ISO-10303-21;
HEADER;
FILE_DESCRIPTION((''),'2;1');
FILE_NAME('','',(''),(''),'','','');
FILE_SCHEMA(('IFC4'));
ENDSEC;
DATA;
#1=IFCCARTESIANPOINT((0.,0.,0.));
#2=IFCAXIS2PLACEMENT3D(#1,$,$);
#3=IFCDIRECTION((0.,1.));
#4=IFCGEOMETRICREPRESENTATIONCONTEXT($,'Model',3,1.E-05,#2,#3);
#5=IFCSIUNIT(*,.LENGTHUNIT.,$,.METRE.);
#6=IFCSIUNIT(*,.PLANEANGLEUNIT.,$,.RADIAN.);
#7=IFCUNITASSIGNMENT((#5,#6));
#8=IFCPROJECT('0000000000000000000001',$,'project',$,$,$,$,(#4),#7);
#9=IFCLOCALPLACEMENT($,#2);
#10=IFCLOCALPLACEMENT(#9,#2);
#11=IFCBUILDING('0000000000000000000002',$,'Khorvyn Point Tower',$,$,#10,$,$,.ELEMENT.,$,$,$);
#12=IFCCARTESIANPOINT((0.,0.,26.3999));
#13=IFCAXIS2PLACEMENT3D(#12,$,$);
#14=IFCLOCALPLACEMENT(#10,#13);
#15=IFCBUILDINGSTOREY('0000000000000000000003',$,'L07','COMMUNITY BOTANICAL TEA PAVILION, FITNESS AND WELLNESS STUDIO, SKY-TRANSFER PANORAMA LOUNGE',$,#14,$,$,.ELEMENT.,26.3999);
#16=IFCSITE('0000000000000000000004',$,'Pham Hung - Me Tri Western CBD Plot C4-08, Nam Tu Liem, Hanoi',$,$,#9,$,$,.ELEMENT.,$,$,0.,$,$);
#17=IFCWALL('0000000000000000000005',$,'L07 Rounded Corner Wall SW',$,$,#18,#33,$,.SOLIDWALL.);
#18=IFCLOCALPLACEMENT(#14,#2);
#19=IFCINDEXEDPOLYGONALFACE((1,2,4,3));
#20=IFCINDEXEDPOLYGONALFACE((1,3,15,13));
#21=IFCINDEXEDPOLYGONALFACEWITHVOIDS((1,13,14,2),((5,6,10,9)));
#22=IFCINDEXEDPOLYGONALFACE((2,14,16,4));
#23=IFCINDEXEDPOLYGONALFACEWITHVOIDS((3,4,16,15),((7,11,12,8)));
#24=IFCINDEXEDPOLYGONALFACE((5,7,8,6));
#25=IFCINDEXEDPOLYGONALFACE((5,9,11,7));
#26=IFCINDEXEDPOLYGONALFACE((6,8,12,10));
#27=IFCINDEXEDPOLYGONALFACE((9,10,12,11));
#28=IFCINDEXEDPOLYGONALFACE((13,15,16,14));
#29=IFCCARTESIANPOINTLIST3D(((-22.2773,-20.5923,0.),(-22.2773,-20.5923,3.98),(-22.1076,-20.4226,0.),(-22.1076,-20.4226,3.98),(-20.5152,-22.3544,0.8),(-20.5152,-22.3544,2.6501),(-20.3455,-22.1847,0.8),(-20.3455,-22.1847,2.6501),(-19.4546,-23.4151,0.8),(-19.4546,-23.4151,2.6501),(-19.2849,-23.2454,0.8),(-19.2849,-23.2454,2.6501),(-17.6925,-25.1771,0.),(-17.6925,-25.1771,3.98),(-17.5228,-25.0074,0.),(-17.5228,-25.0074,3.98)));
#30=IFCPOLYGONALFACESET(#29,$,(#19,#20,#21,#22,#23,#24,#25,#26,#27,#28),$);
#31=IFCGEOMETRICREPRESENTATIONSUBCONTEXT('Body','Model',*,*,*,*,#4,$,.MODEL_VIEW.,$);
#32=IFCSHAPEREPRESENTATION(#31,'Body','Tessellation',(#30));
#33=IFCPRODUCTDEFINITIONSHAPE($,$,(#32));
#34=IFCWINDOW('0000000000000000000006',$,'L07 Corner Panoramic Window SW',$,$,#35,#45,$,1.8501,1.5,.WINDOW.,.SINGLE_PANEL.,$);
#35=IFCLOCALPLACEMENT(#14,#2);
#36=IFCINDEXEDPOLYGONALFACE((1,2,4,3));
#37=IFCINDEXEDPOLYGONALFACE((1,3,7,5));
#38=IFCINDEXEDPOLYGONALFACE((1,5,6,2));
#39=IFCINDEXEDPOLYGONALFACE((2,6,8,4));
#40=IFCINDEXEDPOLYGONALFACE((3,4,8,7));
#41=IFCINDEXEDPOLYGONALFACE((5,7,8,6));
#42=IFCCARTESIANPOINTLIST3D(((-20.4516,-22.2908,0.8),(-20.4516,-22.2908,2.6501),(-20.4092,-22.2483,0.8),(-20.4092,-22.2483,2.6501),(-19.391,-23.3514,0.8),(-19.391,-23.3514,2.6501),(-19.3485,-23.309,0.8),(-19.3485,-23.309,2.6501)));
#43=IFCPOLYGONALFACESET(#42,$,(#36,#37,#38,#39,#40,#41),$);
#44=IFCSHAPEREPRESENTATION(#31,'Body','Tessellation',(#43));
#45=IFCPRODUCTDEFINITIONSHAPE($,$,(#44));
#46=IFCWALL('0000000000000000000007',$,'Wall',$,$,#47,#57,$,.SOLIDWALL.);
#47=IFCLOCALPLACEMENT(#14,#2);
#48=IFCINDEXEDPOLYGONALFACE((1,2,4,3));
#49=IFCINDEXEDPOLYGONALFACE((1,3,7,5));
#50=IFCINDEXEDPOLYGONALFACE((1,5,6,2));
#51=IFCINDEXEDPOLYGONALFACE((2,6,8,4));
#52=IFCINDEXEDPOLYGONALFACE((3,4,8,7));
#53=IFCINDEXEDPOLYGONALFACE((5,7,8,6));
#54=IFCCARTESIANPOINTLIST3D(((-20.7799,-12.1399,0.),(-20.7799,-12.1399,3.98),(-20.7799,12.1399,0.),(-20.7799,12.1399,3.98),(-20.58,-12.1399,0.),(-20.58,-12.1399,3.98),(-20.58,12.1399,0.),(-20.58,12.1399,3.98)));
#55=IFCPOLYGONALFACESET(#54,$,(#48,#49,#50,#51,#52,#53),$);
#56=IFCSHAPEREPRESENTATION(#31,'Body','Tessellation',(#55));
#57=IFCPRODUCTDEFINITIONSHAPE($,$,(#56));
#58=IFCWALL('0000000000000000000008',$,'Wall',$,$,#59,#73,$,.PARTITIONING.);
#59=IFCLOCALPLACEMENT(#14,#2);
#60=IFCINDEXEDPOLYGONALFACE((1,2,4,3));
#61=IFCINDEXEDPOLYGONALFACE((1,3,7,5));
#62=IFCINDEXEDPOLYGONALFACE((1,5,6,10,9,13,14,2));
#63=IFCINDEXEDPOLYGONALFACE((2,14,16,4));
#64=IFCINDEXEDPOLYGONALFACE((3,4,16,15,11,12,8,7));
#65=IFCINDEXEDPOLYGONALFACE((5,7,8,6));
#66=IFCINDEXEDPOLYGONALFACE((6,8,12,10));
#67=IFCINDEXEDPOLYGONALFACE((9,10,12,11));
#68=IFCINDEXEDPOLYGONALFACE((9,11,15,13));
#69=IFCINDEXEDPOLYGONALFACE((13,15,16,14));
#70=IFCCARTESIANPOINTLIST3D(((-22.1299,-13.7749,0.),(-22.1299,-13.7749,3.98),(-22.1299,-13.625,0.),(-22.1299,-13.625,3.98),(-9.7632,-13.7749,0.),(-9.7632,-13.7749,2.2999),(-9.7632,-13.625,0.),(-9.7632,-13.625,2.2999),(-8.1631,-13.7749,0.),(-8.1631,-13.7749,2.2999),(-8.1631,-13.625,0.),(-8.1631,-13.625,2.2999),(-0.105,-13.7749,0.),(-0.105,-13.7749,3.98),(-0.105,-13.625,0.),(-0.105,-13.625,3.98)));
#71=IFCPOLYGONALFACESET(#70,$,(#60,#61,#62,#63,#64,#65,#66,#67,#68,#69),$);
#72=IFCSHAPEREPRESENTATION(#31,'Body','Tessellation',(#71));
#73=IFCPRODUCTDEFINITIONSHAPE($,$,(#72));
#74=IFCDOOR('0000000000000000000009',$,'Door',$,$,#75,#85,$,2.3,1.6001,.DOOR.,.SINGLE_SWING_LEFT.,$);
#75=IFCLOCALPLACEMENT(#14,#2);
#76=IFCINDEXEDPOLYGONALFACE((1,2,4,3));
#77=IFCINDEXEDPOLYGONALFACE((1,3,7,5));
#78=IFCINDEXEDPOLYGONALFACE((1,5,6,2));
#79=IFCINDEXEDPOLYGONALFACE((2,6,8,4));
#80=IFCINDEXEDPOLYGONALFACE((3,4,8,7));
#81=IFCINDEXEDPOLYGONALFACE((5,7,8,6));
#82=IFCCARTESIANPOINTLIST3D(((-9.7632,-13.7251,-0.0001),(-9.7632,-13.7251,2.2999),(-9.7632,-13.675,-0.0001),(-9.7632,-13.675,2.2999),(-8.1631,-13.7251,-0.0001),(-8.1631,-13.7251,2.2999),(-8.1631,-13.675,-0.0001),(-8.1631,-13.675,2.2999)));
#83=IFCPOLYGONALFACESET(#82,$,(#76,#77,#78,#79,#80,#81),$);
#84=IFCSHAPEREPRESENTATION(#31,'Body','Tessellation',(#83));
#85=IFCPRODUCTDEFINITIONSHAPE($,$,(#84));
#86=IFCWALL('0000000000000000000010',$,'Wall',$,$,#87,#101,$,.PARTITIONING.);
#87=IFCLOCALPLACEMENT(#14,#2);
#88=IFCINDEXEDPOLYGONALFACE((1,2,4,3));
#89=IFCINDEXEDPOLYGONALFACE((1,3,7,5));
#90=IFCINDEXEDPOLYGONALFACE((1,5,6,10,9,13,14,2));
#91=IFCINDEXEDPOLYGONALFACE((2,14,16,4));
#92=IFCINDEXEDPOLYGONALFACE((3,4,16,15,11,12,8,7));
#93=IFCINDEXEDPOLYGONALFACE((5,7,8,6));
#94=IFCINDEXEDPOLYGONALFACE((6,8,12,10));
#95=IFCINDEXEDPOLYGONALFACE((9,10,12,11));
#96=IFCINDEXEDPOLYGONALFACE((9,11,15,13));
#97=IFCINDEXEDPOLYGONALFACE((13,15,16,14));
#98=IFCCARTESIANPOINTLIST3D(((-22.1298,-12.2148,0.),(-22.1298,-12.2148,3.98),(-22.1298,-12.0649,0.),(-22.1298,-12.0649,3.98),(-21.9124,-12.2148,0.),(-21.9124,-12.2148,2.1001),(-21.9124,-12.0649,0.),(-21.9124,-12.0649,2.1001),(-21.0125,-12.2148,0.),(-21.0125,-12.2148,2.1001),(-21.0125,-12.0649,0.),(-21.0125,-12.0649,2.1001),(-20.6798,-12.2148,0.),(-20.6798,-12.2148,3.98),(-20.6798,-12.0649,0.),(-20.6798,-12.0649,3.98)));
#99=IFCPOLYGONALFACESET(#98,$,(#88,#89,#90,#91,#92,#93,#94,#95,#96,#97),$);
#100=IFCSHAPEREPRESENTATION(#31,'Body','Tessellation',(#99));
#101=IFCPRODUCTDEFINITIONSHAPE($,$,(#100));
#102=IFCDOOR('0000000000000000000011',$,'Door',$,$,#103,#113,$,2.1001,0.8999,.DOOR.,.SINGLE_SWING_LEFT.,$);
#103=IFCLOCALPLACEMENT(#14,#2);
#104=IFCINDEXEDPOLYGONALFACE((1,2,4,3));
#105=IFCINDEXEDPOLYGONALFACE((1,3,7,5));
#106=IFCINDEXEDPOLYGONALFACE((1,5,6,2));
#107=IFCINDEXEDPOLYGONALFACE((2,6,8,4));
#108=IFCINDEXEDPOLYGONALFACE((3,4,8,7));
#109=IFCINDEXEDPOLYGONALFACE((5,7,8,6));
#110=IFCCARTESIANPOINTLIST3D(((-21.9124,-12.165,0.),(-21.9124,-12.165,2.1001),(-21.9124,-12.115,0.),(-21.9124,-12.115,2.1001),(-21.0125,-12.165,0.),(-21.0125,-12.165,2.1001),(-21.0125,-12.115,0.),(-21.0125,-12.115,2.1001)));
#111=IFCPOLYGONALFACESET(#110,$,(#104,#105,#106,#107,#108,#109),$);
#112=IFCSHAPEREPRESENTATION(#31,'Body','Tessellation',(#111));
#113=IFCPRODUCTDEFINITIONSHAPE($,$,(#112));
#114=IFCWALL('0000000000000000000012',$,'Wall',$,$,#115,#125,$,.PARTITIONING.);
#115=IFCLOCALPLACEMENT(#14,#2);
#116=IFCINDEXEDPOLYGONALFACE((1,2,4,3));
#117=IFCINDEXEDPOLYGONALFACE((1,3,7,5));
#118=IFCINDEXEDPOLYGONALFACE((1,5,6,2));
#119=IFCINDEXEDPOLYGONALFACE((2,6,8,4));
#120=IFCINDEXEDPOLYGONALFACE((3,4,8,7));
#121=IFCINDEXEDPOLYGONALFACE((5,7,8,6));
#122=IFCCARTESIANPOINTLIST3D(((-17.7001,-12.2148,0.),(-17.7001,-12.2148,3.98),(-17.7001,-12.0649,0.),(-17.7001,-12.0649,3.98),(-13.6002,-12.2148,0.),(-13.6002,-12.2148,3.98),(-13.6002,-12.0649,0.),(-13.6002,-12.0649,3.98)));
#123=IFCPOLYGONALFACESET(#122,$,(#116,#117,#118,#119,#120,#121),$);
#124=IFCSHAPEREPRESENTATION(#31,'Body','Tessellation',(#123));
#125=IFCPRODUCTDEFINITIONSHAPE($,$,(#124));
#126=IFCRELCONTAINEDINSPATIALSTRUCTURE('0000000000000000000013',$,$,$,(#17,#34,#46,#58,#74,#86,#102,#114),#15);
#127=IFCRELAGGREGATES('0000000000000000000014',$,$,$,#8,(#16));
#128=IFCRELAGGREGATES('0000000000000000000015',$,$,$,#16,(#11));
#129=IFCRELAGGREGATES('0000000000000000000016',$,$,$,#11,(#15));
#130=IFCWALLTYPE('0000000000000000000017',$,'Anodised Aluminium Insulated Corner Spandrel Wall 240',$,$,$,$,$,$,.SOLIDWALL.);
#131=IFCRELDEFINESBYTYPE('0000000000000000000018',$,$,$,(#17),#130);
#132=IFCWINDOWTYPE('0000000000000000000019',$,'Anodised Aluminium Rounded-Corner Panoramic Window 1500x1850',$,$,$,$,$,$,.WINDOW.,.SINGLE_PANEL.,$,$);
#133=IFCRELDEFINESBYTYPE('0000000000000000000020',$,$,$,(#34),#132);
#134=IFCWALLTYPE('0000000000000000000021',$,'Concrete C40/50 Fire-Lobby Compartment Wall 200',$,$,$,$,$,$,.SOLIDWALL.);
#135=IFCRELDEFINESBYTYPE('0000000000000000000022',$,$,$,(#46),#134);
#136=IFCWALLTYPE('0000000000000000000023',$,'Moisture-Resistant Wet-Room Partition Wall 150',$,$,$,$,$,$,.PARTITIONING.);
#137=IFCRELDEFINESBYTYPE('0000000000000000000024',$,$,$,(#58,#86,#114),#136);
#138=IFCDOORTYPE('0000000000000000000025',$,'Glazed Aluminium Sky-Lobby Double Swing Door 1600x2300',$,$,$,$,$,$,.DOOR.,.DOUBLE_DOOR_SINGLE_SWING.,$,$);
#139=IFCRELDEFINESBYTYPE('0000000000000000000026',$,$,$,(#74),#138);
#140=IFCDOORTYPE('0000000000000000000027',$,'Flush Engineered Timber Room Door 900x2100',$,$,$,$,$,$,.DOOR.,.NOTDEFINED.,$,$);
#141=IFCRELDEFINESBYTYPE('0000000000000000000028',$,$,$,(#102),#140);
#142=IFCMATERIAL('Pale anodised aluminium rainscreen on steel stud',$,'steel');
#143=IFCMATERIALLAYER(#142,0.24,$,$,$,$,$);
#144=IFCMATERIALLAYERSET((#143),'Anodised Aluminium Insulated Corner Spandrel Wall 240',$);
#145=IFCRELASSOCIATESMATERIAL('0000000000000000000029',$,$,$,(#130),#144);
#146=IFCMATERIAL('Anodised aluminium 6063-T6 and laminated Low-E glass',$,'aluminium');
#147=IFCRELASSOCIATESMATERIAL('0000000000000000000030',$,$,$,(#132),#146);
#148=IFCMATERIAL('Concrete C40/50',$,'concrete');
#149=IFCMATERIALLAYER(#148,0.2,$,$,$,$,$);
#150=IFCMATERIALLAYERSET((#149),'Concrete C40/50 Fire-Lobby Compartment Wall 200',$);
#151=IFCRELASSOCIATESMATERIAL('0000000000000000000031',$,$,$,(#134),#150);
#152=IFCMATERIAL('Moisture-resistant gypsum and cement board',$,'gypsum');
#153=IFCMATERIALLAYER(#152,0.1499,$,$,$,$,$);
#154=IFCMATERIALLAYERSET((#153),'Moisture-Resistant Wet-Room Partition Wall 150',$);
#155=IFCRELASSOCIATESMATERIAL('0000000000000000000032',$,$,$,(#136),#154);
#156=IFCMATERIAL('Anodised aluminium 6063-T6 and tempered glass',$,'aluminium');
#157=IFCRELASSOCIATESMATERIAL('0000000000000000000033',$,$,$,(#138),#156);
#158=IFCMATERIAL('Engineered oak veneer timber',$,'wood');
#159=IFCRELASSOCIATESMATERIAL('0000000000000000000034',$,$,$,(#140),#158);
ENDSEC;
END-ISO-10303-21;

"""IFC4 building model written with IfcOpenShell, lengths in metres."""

from ifc_helpers import new_model, si_unit, direction, frame, frame_2d, origin, place, context, subcontext, project, spatial, rectangle, extrude, material, layer, layer_set, type_object, element, fill, save


model = new_model("IFC4")

# Units and contexts
model_context = context("Model", 3, precision=1e-05, world=origin(), true_north=direction((0.0, 1.0)))
body_context = subcontext(model_context, "Body", "Model", "MODEL_VIEW")
ifc_project = project(units=[si_unit("LENGTHUNIT", "METRE"), si_unit("PLANEANGLEUNIT", "RADIAN")], contexts=[model_context])

# Site, building, storey
site_placement = place(None, origin())
site = spatial("IfcSite", under=ifc_project, at=site_placement, Name="Pham Hung - Me Tri Western CBD Plot C4-08, Nam Tu Liem, Hanoi", CompositionType="ELEMENT", RefElevation=0.0)
building_placement = place(site_placement, origin())
building = spatial("IfcBuilding", under=site, at=building_placement, Name="Khorvyn Point Tower", CompositionType="ELEMENT")
storey_placement = place(building_placement, frame((0.0, 0.0, 26.3999)))
storey = spatial("IfcBuildingStorey", under=building, at=storey_placement, Name="L07", Description="COMMUNITY BOTANICAL TEA PAVILION, FITNESS AND WELLNESS STUDIO, SKY-TRANSFER PANORAMA LOUNGE", CompositionType="ELEMENT", Elevation=26.3999)

# Shared definitions
ifc_material_1 = material(Name="Anodised aluminium 6063-T6 and laminated Low-E glass", Category="aluminium")

# Wall, opening, window
ifc_material_2 = material(Name="Pale anodised aluminium rainscreen on steel stud", Category="steel")
ifc_layer_1 = layer(ifc_material_2, 0.24)
ifc_layer_set_1 = layer_set([ifc_layer_1], Name="Anodised Aluminium Insulated Corner Spandrel Wall 240")
wall_type_1 = type_object("IfcWallType", Name="Anodised Aluminium Insulated Corner Spandrel Wall 240", PredefinedType="SOLIDWALL", material=ifc_layer_set_1)
wall_1_placement = place(storey_placement, frame((-17.6077, -25.0923, 0.0), z_axis=(0.0, 0.0, 1.0), x_axis=(-0.707107, 0.707107, 0.0)))
wall_1 = element("IfcWall", 1, at=wall_1_placement, inside=storey, type_object=wall_type_1, Name="L07 Rounded Corner Wall SW", PredefinedType="SOLIDWALL", context=body_context, shape_type="SweptSolid", body=[
    extrude(rectangle(XDim=6.4839, YDim=0.24, at=frame_2d((3.2419, 0.0))), origin(), (0.0, 0.0, 1.0), 3.98),
])
opening_1_placement = place(wall_1_placement, frame((2.4919, 0.0, 0.8)))
opening_1 = element("IfcOpeningElement", 2, at=opening_1_placement, cuts=wall_1, PredefinedType="OPENING", context=body_context, shape_type="SweptSolid", body=[
    extrude(rectangle(XDim=1.5, YDim=1.8501, at=frame_2d((0.75, 0.925))), frame((0.0, 0.1299, 0.0), z_axis=(0.0, -1.0, 0.0), x_axis=(1.0, 0.0, 0.0)), (0.0, 0.0, 1.0), 0.26),
])
window_type = type_object("IfcWindowType", Name="Anodised Aluminium Rounded-Corner Panoramic Window 1500x1850", PartitioningType="SINGLE_PANEL", PredefinedType="WINDOW", material=ifc_material_1)
window_placement = place(opening_1_placement, origin())
window = element("IfcWindow", 3, at=window_placement, inside=storey, type_object=window_type, Name="L07 Corner Panoramic Window SW", OverallHeight=1.8501, OverallWidth=1.5, PartitioningType="SINGLE_PANEL", PredefinedType="WINDOW", context=body_context, shape_type="SweptSolid", body=[
    extrude(rectangle(XDim=1.5, YDim=1.8501, at=frame_2d((0.75, 0.925))), frame((0.0, 0.03, 0.0), z_axis=(0.0, -1.0, 0.0), x_axis=(1.0, 0.0, 0.0)), (0.0, 0.0, 1.0), 0.0601),
])
fill(opening_1, window)

# Wall
ifc_material_3 = material(Name="Concrete C40/50", Category="concrete")
ifc_layer_2 = layer(ifc_material_3, 0.2)
ifc_layer_set_2 = layer_set([ifc_layer_2], Name="Concrete C40/50 Fire-Lobby Compartment Wall 200")
wall_type_2 = type_object("IfcWallType", Name="Concrete C40/50 Fire-Lobby Compartment Wall 200", PredefinedType="SOLIDWALL", material=ifc_layer_set_2)
wall_2_placement = place(storey_placement, frame((-20.6799, -12.1399, 0.0), z_axis=(0.0, 0.0, 1.0), x_axis=(0.0, 1.0, 0.0)))
element("IfcWall", 4, at=wall_2_placement, inside=storey, type_object=wall_type_2, Name="Wall", PredefinedType="SOLIDWALL", context=body_context, shape_type="SweptSolid", body=[
    extrude(rectangle(XDim=24.2798, YDim=0.2, at=frame_2d((12.1399, 0.0))), origin(), (0.0, 0.0, 1.0), 3.98),
])

# Walls, openings, doors
ifc_material_4 = material(Name="Moisture-resistant gypsum and cement board", Category="gypsum")
ifc_layer_3 = layer(ifc_material_4, 0.1499)
ifc_layer_set_3 = layer_set([ifc_layer_3], Name="Moisture-Resistant Wet-Room Partition Wall 150")
wall_type_3 = type_object("IfcWallType", Name="Moisture-Resistant Wet-Room Partition Wall 150", PredefinedType="PARTITIONING", material=ifc_layer_set_3)
wall_3_placement = place(storey_placement, frame((-22.1299, -13.7, 0.0), z_axis=(0.0, 0.0, 1.0), x_axis=(1.0, 0.0, 0.0)))
wall_3 = element("IfcWall", 5, at=wall_3_placement, inside=storey, type_object=wall_type_3, Name="Wall", PredefinedType="PARTITIONING", context=body_context, shape_type="SweptSolid", body=[
    extrude(rectangle(XDim=22.0249, YDim=0.1499, at=frame_2d((11.0125, 0.0))), origin(), (0.0, 0.0, 1.0), 3.98),
])
opening_2_placement = place(wall_3_placement, frame((12.3667, 0.0, 0.0)))
opening_2 = element("IfcOpeningElement", 6, at=opening_2_placement, cuts=wall_3, PredefinedType="OPENING", context=body_context, shape_type="SweptSolid", body=[
    extrude(rectangle(XDim=1.6001, YDim=2.3, at=frame_2d((0.8, 1.1499))), frame((0.0, 0.085, 0.0), z_axis=(0.0, -1.0, 0.0), x_axis=(1.0, 0.0, 0.0)), (0.0, 0.0, 1.0), 0.1699),
])
ifc_material_5 = material(Name="Anodised aluminium 6063-T6 and tempered glass", Category="aluminium")
door_type_1 = type_object("IfcDoorType", Name="Glazed Aluminium Sky-Lobby Double Swing Door 1600x2300", OperationType="DOUBLE_DOOR_SINGLE_SWING", PredefinedType="DOOR", material=ifc_material_5)
door_1_placement = place(opening_2_placement, origin())
door_1 = element("IfcDoor", 7, at=door_1_placement, inside=storey, type_object=door_type_1, Name="Door", OperationType="SINGLE_SWING_LEFT", OverallHeight=2.3, OverallWidth=1.6001, PredefinedType="DOOR", context=body_context, shape_type="SweptSolid", body=[
    extrude(rectangle(XDim=1.6001, YDim=2.3, at=frame_2d((0.8, 1.1499))), frame((0.0, 0.0249, 0.0), z_axis=(0.0, -1.0, 0.0), x_axis=(1.0, 0.0, 0.0)), (0.0, 0.0, 1.0), 0.05),
])
fill(opening_2, door_1)
wall_4_placement = place(storey_placement, frame((-22.1299, -12.1399, 0.0), z_axis=(0.0, 0.0, 1.0), x_axis=(1.0, 0.0, 0.0)))
wall_4 = element("IfcWall", 8, at=wall_4_placement, inside=storey, type_object=wall_type_3, Name="Wall", PredefinedType="PARTITIONING", context=body_context, shape_type="SweptSolid", body=[
    extrude(rectangle(XDim=1.45, YDim=0.1499, at=frame_2d((0.7251, 0.0))), origin(), (0.0, 0.0, 1.0), 3.98),
])
opening_3_placement = place(wall_4_placement, frame((0.2175, 0.0, 0.0)))
opening_3 = element("IfcOpeningElement", 9, at=opening_3_placement, cuts=wall_4, PredefinedType="OPENING", context=body_context, shape_type="SweptSolid", body=[
    extrude(rectangle(XDim=0.8999, YDim=2.1001, at=frame_2d((0.45, 1.05))), frame((0.0, 0.085, 0.0), z_axis=(0.0, -1.0, 0.0), x_axis=(1.0, 0.0, 0.0)), (0.0, 0.0, 1.0), 0.1699),
])
ifc_material_6 = material(Name="Engineered oak veneer timber", Category="wood")
door_type_2 = type_object("IfcDoorType", Name="Flush Engineered Timber Room Door 900x2100", OperationType="NOTDEFINED", PredefinedType="DOOR", material=ifc_material_6)
door_2_placement = place(opening_3_placement, origin())
door_2 = element("IfcDoor", 10, at=door_2_placement, inside=storey, type_object=door_type_2, Name="Door", OperationType="SINGLE_SWING_LEFT", OverallHeight=2.1001, OverallWidth=0.8999, PredefinedType="DOOR", context=body_context, shape_type="SweptSolid", body=[
    extrude(rectangle(XDim=0.8999, YDim=2.1001, at=frame_2d((0.45, 1.05))), frame((0.0, 0.0249, 0.0), z_axis=(0.0, -1.0, 0.0), x_axis=(1.0, 0.0, 0.0)), (0.0, 0.0, 1.0), 0.05),
])
fill(opening_3, door_2)

# Wall
wall_5_placement = place(storey_placement, frame((-17.7, -12.1399, 0.0), z_axis=(0.0, 0.0, 1.0), x_axis=(1.0, 0.0, 0.0)))
element("IfcWall", 11, at=wall_5_placement, inside=storey, type_object=wall_type_3, Name="Wall", PredefinedType="PARTITIONING", context=body_context, shape_type="SweptSolid", body=[
    extrude(rectangle(XDim=4.0999, YDim=0.1499, at=frame_2d((2.0498, 0.0))), origin(), (0.0, 0.0, 1.0), 3.98),
])

save(model, "model.ifc")
